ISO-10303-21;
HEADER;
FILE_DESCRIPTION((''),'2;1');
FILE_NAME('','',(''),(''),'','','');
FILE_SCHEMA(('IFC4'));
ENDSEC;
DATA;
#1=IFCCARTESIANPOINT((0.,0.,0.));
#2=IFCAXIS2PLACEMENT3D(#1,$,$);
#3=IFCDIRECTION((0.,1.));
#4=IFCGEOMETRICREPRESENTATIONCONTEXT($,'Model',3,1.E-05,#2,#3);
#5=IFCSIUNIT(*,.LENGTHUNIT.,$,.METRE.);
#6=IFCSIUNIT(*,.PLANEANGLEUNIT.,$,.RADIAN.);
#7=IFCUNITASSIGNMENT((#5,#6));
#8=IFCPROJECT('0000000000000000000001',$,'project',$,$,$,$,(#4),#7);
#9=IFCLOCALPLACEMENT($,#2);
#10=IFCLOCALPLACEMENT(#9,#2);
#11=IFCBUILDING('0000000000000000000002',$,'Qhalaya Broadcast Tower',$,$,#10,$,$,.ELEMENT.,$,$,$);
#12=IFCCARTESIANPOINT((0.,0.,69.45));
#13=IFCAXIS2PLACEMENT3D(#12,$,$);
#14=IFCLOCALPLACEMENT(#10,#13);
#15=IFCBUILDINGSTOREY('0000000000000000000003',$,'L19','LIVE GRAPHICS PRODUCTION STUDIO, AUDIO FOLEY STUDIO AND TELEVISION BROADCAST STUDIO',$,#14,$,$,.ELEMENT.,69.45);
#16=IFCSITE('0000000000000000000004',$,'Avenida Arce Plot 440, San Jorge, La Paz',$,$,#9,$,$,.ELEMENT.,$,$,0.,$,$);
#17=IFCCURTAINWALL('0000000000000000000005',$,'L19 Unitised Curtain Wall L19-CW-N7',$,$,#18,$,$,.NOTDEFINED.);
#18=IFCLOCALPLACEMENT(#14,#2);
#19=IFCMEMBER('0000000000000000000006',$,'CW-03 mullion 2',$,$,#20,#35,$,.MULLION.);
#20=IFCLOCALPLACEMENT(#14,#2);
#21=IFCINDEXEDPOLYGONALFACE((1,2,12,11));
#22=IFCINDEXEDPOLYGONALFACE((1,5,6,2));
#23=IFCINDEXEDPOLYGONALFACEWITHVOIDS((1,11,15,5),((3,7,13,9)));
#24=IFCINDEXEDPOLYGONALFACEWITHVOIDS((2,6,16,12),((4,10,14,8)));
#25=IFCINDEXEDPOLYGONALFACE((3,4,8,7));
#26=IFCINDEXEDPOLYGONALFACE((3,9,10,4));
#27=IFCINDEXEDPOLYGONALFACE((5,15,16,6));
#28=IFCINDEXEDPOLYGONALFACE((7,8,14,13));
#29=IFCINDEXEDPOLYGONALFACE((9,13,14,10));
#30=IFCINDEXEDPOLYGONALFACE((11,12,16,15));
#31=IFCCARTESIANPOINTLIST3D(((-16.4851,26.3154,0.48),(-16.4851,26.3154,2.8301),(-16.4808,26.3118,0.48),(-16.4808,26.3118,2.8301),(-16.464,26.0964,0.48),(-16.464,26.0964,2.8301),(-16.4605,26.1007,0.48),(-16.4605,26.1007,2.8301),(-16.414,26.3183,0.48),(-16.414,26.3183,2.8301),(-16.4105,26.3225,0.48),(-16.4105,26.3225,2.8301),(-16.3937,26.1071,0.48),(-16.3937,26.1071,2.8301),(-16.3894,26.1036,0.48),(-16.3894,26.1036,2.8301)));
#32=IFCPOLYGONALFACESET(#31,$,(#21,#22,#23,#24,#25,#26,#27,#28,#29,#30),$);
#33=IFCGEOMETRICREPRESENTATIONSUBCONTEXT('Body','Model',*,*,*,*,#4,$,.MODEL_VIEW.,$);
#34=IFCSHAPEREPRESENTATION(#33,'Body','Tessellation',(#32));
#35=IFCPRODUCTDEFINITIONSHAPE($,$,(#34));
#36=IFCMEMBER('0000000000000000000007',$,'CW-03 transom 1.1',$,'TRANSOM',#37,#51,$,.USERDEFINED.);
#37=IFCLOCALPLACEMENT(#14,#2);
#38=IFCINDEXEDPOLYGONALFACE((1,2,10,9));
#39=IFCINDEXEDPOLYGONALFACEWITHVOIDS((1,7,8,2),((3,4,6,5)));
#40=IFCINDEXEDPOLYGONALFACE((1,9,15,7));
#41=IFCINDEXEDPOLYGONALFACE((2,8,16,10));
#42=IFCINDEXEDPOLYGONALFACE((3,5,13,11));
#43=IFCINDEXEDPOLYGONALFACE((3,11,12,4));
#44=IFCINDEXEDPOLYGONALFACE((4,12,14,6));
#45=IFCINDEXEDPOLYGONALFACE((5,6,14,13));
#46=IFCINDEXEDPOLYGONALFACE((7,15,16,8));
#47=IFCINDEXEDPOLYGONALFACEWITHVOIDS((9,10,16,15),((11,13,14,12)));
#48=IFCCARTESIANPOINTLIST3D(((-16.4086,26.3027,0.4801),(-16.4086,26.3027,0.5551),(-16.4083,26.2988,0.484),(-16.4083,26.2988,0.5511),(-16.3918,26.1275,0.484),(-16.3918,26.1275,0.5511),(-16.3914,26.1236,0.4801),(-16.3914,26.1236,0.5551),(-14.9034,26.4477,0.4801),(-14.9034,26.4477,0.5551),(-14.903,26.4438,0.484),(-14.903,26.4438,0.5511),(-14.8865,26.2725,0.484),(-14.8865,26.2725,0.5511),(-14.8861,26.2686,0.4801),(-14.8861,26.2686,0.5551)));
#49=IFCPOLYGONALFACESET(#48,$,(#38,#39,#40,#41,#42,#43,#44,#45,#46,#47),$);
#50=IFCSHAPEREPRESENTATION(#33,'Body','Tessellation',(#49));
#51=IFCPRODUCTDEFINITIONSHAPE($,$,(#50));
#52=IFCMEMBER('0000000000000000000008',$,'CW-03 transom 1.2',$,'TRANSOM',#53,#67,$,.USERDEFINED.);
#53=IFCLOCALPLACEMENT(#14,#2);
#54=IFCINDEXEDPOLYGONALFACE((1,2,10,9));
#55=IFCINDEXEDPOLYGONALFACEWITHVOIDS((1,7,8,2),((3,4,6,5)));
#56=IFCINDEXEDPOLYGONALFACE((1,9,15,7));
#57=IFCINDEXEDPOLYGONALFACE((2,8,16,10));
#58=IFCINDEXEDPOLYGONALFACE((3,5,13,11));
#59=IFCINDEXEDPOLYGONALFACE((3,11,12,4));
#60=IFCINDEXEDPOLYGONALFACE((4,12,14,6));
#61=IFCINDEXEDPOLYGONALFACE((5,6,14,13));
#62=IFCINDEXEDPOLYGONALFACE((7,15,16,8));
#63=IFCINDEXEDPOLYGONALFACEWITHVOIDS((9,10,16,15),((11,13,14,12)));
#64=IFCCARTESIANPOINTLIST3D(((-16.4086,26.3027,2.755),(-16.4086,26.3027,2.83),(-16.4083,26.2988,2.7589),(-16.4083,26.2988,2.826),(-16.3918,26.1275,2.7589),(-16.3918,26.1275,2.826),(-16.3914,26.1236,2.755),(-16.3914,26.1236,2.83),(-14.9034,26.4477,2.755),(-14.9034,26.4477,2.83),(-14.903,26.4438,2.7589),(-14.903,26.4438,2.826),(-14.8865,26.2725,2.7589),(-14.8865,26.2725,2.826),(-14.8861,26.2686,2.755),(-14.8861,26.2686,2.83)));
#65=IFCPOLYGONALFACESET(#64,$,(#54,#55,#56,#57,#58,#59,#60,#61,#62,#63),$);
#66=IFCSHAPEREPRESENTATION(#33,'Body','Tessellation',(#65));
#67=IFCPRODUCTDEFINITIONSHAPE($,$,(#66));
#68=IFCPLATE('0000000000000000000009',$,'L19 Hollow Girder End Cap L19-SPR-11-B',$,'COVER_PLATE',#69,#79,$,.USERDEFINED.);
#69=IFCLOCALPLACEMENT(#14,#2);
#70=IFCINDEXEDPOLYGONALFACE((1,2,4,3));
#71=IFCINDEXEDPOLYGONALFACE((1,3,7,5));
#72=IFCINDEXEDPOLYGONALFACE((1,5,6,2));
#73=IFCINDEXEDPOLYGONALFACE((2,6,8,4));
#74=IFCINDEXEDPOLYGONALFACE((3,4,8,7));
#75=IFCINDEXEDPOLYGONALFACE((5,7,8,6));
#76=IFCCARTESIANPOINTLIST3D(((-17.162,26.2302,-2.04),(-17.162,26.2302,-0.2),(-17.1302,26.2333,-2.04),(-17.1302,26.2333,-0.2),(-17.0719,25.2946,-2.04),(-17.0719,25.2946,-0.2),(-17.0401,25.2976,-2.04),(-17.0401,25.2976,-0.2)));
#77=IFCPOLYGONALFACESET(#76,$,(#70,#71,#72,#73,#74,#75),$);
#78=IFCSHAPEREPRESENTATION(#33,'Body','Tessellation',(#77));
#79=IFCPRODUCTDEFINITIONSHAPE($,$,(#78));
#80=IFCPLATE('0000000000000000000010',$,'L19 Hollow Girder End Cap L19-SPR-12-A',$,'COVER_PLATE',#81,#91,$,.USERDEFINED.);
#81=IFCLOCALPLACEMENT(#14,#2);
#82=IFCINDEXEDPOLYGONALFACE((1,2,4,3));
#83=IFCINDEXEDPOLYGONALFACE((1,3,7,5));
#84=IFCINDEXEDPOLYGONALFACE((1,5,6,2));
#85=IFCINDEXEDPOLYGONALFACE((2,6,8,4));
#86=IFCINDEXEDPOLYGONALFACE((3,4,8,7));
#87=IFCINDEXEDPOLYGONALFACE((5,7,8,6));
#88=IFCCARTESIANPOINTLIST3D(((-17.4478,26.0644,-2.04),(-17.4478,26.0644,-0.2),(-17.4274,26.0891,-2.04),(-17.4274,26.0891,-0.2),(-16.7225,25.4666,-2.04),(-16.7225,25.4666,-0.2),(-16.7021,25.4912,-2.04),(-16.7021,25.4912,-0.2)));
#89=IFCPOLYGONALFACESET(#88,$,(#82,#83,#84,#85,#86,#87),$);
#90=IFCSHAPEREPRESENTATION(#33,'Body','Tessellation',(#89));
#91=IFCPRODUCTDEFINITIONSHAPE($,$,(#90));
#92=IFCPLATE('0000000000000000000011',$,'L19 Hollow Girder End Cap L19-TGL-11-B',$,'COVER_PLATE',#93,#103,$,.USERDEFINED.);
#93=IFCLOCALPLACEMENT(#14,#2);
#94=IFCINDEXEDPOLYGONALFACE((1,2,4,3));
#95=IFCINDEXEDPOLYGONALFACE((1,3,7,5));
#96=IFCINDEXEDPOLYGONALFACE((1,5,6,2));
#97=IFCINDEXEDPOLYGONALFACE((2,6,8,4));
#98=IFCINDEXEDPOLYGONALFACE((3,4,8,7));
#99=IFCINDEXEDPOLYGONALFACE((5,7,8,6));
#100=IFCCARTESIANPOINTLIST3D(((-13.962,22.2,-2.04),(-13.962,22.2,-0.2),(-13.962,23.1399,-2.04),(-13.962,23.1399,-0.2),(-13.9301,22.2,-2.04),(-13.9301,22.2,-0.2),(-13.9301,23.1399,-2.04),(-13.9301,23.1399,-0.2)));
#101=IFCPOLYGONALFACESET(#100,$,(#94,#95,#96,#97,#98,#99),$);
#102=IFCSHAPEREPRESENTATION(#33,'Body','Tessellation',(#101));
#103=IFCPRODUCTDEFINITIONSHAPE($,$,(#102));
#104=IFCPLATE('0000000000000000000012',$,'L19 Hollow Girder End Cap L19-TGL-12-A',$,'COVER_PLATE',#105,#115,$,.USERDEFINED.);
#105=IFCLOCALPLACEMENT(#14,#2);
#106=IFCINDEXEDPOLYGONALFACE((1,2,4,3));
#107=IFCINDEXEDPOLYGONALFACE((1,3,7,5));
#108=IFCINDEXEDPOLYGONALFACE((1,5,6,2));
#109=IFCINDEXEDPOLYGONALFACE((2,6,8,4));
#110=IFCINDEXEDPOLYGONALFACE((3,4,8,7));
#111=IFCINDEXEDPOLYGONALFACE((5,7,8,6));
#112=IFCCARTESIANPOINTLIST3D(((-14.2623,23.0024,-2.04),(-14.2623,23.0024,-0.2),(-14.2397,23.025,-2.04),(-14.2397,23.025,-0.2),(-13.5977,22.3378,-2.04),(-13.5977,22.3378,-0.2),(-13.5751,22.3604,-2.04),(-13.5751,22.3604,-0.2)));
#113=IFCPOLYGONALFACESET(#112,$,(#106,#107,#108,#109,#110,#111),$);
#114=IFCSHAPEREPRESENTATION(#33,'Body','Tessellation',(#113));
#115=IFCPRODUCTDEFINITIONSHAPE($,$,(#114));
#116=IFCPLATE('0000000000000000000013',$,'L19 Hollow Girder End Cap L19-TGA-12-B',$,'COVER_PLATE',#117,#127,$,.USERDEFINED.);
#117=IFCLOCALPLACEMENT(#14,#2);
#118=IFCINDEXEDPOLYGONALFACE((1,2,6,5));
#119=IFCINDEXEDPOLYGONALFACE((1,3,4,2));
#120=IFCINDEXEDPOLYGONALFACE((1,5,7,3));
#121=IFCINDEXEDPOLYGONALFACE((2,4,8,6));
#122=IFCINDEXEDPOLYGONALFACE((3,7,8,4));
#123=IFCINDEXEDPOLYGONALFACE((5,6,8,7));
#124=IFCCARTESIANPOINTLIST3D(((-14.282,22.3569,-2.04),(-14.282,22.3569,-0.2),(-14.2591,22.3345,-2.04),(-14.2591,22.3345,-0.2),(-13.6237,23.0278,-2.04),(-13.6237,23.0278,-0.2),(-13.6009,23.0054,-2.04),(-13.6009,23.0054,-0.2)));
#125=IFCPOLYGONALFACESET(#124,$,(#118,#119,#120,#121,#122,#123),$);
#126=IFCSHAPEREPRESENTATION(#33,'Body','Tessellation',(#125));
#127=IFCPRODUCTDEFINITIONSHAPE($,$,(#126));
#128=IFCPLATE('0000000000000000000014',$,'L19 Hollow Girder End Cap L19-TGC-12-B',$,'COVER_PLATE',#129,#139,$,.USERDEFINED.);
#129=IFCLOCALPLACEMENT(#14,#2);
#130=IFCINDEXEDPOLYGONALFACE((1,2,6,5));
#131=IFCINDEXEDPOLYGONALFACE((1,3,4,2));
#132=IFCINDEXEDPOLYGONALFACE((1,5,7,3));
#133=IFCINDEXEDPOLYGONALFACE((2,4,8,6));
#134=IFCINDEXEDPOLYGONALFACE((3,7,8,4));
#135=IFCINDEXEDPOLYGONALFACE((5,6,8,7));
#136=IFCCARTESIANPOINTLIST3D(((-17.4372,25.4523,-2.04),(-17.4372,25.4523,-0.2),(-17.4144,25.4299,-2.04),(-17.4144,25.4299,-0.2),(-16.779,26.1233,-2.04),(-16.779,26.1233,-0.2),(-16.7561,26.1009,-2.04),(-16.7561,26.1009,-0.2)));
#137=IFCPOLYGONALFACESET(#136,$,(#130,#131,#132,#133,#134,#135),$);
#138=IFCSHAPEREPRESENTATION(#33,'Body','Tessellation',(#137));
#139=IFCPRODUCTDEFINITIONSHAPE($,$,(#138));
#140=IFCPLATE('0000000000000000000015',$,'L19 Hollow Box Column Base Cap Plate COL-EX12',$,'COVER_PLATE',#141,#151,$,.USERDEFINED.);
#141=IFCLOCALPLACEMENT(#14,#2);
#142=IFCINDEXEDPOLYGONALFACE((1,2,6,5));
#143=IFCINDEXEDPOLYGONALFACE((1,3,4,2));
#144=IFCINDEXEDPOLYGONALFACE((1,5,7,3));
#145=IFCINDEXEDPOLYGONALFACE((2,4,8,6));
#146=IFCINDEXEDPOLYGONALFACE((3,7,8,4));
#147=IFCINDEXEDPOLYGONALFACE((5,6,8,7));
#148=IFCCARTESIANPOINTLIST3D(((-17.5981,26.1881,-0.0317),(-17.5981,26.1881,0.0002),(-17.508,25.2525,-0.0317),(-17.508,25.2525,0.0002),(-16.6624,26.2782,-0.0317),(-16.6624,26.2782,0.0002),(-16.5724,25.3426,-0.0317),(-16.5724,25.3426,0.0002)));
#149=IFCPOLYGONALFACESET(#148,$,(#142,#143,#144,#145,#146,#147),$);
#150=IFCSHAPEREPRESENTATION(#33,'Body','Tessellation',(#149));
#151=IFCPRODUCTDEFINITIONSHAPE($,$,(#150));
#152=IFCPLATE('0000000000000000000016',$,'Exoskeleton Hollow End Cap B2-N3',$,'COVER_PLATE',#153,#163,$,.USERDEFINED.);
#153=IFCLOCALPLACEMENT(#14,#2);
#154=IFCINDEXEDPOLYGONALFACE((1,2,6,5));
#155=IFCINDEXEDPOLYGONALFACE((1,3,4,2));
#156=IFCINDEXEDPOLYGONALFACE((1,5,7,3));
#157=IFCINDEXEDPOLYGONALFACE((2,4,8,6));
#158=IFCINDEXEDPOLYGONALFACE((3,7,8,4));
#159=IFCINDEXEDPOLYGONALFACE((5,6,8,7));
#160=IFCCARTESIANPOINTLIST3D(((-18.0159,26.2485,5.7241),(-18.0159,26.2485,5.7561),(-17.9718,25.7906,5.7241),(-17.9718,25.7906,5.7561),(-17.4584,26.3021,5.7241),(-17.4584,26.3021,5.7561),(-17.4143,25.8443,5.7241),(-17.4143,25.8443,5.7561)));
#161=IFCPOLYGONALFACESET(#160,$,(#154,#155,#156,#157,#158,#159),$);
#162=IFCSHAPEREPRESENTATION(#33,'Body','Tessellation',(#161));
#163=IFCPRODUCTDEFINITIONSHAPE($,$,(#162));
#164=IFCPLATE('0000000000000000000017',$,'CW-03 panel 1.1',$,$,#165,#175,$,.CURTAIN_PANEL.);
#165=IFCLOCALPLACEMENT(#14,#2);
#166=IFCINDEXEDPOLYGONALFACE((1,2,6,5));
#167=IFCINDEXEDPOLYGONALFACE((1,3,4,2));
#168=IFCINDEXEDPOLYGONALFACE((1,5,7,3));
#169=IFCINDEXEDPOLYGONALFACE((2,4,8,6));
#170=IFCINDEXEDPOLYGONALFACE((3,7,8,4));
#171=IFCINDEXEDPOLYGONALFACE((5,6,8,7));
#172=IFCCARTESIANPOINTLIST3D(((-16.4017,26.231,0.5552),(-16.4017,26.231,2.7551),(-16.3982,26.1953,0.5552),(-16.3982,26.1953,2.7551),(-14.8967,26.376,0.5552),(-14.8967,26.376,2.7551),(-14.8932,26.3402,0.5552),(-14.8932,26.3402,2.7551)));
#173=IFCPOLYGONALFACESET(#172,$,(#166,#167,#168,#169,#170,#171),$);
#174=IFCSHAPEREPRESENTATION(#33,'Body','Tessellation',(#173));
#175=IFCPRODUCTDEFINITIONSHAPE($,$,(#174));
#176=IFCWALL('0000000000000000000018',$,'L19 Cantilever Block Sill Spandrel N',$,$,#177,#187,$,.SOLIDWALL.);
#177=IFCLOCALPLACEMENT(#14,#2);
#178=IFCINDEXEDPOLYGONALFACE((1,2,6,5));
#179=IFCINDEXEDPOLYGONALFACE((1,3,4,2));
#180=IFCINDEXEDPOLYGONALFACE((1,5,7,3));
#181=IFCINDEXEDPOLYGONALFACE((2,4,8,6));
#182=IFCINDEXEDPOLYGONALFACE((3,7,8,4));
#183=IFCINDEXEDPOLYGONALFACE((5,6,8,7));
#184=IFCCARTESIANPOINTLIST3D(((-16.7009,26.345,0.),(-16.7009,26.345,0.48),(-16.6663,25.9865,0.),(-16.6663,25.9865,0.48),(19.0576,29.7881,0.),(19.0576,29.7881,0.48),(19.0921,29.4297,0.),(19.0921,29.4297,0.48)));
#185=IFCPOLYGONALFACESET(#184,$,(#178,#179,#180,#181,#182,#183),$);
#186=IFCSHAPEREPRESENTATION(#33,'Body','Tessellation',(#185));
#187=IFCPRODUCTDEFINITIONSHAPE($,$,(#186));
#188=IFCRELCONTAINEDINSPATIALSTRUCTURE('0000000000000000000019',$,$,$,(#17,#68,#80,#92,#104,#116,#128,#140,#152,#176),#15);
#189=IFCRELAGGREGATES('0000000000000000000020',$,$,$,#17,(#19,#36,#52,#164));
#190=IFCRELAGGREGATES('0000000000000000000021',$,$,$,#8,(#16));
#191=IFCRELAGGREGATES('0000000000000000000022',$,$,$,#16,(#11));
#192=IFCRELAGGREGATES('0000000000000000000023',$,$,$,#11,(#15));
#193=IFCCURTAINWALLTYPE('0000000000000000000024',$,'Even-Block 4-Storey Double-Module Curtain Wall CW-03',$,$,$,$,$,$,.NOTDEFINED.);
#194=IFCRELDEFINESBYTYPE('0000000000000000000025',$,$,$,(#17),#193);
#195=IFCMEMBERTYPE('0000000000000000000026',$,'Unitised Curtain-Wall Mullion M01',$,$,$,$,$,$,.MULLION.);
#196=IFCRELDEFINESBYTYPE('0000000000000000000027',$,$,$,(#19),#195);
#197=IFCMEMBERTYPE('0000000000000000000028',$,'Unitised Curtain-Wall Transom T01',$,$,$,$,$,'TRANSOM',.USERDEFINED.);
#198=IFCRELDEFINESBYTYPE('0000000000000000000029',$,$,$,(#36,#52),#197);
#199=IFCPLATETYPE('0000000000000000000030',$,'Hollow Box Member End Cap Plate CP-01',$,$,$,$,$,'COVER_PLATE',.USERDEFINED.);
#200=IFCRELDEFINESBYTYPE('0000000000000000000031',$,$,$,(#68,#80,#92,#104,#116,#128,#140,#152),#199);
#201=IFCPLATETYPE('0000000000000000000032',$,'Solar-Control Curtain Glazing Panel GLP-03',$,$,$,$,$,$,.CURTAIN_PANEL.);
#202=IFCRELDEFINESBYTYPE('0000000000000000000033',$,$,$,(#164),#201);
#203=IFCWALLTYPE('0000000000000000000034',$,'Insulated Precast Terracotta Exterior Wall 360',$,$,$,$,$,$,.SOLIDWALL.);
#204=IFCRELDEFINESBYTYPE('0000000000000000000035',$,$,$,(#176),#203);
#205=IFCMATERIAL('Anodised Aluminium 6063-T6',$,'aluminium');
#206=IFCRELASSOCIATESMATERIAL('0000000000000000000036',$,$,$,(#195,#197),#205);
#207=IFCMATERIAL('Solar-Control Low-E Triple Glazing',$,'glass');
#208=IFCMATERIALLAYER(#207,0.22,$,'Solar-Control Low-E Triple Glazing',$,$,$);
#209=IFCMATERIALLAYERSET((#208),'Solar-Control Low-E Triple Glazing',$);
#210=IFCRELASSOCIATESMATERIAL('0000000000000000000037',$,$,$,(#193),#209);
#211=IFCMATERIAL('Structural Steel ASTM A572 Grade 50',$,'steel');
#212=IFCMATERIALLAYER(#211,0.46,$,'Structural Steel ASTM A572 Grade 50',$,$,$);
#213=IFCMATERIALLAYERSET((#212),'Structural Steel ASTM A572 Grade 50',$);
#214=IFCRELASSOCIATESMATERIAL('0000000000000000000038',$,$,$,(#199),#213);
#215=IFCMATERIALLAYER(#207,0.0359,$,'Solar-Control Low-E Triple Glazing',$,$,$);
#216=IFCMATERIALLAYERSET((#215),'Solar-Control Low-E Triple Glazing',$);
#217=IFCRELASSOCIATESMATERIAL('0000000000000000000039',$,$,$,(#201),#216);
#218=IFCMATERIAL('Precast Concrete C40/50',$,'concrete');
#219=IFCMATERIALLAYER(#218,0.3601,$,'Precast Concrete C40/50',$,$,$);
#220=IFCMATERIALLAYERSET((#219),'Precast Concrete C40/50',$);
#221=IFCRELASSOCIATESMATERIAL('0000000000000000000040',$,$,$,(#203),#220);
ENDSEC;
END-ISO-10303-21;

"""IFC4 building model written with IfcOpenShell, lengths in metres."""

from ifc_helpers import new_model, si_unit, direction, frame, frame_2d, origin, origin_2d, place, context, subcontext, project, spatial, rectangle, hollow_rectangle, extrude, material, layer, layer_set, material_profile, profile_set, type_object, element, aggregate, save


model = new_model("IFC4")

# Units and contexts
model_context = context("Model", 3, precision=1e-05, world=origin(), true_north=direction((0.0, 1.0)))
body_context = subcontext(model_context, "Body", "Model", "MODEL_VIEW")
ifc_project = project(units=[si_unit("LENGTHUNIT", "METRE"), si_unit("PLANEANGLEUNIT", "RADIAN")], contexts=[model_context])

# Site, building, storey
site_placement = place(None, origin())
site = spatial("IfcSite", under=ifc_project, at=site_placement, Name="Avenida Arce Plot 440, San Jorge, La Paz", CompositionType="ELEMENT", RefElevation=0.0)
building_placement = place(site_placement, origin())
building = spatial("IfcBuilding", under=site, at=building_placement, Name="Qhalaya Broadcast Tower", CompositionType="ELEMENT")
storey_placement = place(building_placement, frame((0.0, 0.0, 69.45)))
storey = spatial("IfcBuildingStorey", under=building, at=storey_placement, Name="L19", Description="LIVE GRAPHICS PRODUCTION STUDIO, AUDIO FOLEY STUDIO AND TELEVISION BROADCAST STUDIO", CompositionType="ELEMENT", Elevation=69.45)

# Shared definitions
ifc_material_1 = material(Name="Structural Steel ASTM A572 Grade 50", Category="steel")

# Shared definitions
ifc_material_2 = material(Name="Anodised Aluminium 6063-T6", Category="aluminium")
ifc_material_profile_1 = material_profile(ifc_material_2, hollow_rectangle(XDim=0.075, YDim=0.22, WallThickness=0.0039, at=origin_2d()), Name="ALU-MUL 75x220x4")
ifc_profile_set_1 = profile_set([ifc_material_profile_1], Name="Anodised Aluminium 6063-T6")
member_type_1 = type_object("IfcMemberType", Name="Unitised Curtain-Wall Mullion M01", PredefinedType="MULLION", material=ifc_profile_set_1)

# Curtain wall, members
ifc_material_3 = material(Name="Solar-Control Low-E Triple Glazing", Category="glass")
ifc_layer_1 = layer(ifc_material_3, 0.22, Name="Solar-Control Low-E Triple Glazing")
ifc_layer_set_1 = layer_set([ifc_layer_1], Name="Solar-Control Low-E Triple Glazing")
curtain_wall_type_1 = type_object("IfcCurtainWallType", Name="Even-Block 4-Storey Double-Module Curtain Wall CW-03", PredefinedType="NOTDEFINED", material=ifc_layer_set_1)
curtain_wall_1_placement = place(storey_placement, origin())
curtain_wall_1 = element("IfcCurtainWall", 1, at=curtain_wall_1_placement, inside=storey, type_object=curtain_wall_type_1, Name="L19 Unitised Curtain Wall L19-CW-N7", PredefinedType="NOTDEFINED")
member_1_placement = place(storey_placement, frame((-16.4373, 26.2095, 0.48), z_axis=(0.0, 0.0, 1.0), x_axis=(-0.995396, -0.095845, 0.0)))
member_1 = element("IfcMember", 2, at=member_1_placement, type_object=member_type_1, Name="CW-03 mullion 2", PredefinedType="MULLION", context=body_context, shape_type="SweptSolid", body=[
    extrude(hollow_rectangle(XDim=0.075, YDim=0.22, WallThickness=0.0039, at=origin_2d()), origin(), (0.0, 0.0, 1.0), 2.3501),
])
ifc_material_profile_2 = material_profile(ifc_material_2, hollow_rectangle(XDim=0.075, YDim=0.1799, WallThickness=0.0039, at=origin_2d()), Name="ALU-TRN 75x180x4")
ifc_profile_set_2 = profile_set([ifc_material_profile_2], Name="Anodised Aluminium 6063-T6")
member_type_2 = type_object("IfcMemberType", Name="Unitised Curtain-Wall Transom T01", ElementType="TRANSOM", PredefinedType="USERDEFINED", material=ifc_profile_set_2)
member_2_placement = place(storey_placement, frame((-14.8948, 26.3582, 0.5176), z_axis=(-0.99539, -0.095906, 0.0), x_axis=(0.0, 0.0, 1.0)))
member_2 = element("IfcMember", 3, at=member_2_placement, type_object=member_type_2, Name="CW-03 transom 1.1", ObjectType="TRANSOM", PredefinedType="USERDEFINED", context=body_context, shape_type="SweptSolid", body=[
    extrude(hollow_rectangle(XDim=0.075, YDim=0.1799, WallThickness=0.0039, at=origin_2d()), origin(), (0.0, 0.0, 1.0), 1.5122),
])
member_3_placement = place(storey_placement, frame((-14.8948, 26.3582, 2.7925), z_axis=(-0.99539, -0.095906, 0.0), x_axis=(0.0, 0.0, 1.0)))
member_3 = element("IfcMember", 4, at=member_3_placement, type_object=member_type_2, Name="CW-03 transom 1.2", ObjectType="TRANSOM", PredefinedType="USERDEFINED", context=body_context, shape_type="SweptSolid", body=[
    extrude(hollow_rectangle(XDim=0.075, YDim=0.1799, WallThickness=0.0039, at=origin_2d()), origin(), (0.0, 0.0, 1.0), 1.5122),
])

# Plates
ifc_layer_2 = layer(ifc_material_1, 0.46, Name="Structural Steel ASTM A572 Grade 50")
ifc_layer_set_2 = layer_set([ifc_layer_2], Name="Structural Steel ASTM A572 Grade 50")
plate_type_1 = type_object("IfcPlateType", Name="Hollow Box Member End Cap Plate CP-01", ElementType="COVER_PLATE", PredefinedType="USERDEFINED", material=ifc_layer_set_2)
for number, where, z_axis, x_axis, name in (
    (5, (-17.1011, 25.7639, -2.04), (0.0, 0.0, 1.0), (0.095846, -0.995396, 0.0), "L19 Hollow Girder End Cap L19-SPR-11-B"),
    (6, (-17.075, 25.7778, -2.04), (0.0, 0.0, 1.0), (0.771625, -0.636078, 0.0), "L19 Hollow Girder End Cap L19-SPR-12-A"),
    (7, (-13.946, 22.6699, -2.04), (0.0, 0.0, 1.0), (0.0, -1.0, 0.0), "L19 Hollow Girder End Cap L19-TGL-11-B"),
    (8, (-13.9187, 22.6814, -2.04), (0.0, 0.0, 1.0), (0.707107, -0.707107, 0.0), "L19 Hollow Girder End Cap L19-TGL-12-A"),
    (9, (-13.9414, 22.6812, -2.04), (0.0, 0.0, 1.0), (-0.700324, -0.713825, 0.0), "L19 Hollow Girder End Cap L19-TGA-12-B"),
    (10, (-17.0967, 25.7766, -2.04), (0.0, 0.0, 1.0), (-0.700324, -0.713825, 0.0), "L19 Hollow Girder End Cap L19-TGC-12-B"),
):
    element("IfcPlate", number, at=place(storey_placement, frame(where, z_axis=z_axis, x_axis=x_axis)), inside=storey, type_object=plate_type_1, Name=name, ObjectType="COVER_PLATE", PredefinedType="USERDEFINED", context=body_context, shape_type="SweptSolid", body=[
        extrude(rectangle(XDim=0.9399, YDim=0.032, at=origin_2d()), origin(), (0.0, 0.0, 1.0), 1.8401),
    ])
plate_1_placement = place(storey_placement, frame((-17.0852, 25.7654, -0.0317), z_axis=(0.0, 0.0, 1.0), x_axis=(0.995396, 0.095846, 0.0)))
element("IfcPlate", 11, at=plate_1_placement, inside=storey, type_object=plate_type_1, Name="L19 Hollow Box Column Base Cap Plate COL-EX12", ObjectType="COVER_PLATE", PredefinedType="USERDEFINED", context=body_context, shape_type="SweptSolid", body=[
    extrude(rectangle(XDim=0.9399, YDim=0.9399, at=origin_2d()), origin(), (0.0, 0.0, 1.0), 0.032),
])
plate_2_placement = place(storey_placement, frame((-17.7151, 26.0464, 5.7241), z_axis=(0.0, 0.0, 1.0), x_axis=(0.995396, 0.095846, 0.0)))
element("IfcPlate", 12, at=plate_2_placement, inside=storey, type_object=plate_type_1, Name="Exoskeleton Hollow End Cap B2-N3", ObjectType="COVER_PLATE", PredefinedType="USERDEFINED", context=body_context, shape_type="SweptSolid", body=[
    extrude(rectangle(XDim=0.5601, YDim=0.46, at=origin_2d()), origin(), (0.0, 0.0, 1.0), 0.032),
])

# Plate
ifc_layer_3 = layer(ifc_material_3, 0.0359, Name="Solar-Control Low-E Triple Glazing")
ifc_layer_set_3 = layer_set([ifc_layer_3], Name="Solar-Control Low-E Triple Glazing")
plate_type_2 = type_object("IfcPlateType", Name="Solar-Control Curtain Glazing Panel GLP-03", PredefinedType="CURTAIN_PANEL", material=ifc_layer_set_3)
plate_3_placement = place(storey_placement, frame((-15.6475, 26.2856, 0.5552), z_axis=(0.0, 0.0, 1.0), x_axis=(-0.995396, -0.095845, 0.0)))
plate_3 = element("IfcPlate", 13, at=plate_3_placement, type_object=plate_type_2, Name="CW-03 panel 1.1", PredefinedType="CURTAIN_PANEL", context=body_context, shape_type="SweptSolid", body=[
    extrude(rectangle(XDim=1.512, YDim=0.0359, at=origin_2d()), origin(), (0.0, 0.0, 1.0), 2.2),
])
aggregate(curtain_wall_1, [member_1, member_2, member_3, plate_3])

# Wall
ifc_material_4 = material(Name="Precast Concrete C40/50", Category="concrete")
ifc_layer_4 = layer(ifc_material_4, 0.3601, Name="Precast Concrete C40/50")
ifc_layer_set_4 = layer_set([ifc_layer_4], Name="Precast Concrete C40/50")
wall_type = type_object("IfcWallType", Name="Insulated Precast Terracotta Exterior Wall 360", PredefinedType="SOLIDWALL", material=ifc_layer_set_4)
wall_placement = place(storey_placement, frame((-16.6836, 26.1658, 0.0), z_axis=(0.0, 0.0, 1.0), x_axis=(0.995396, 0.095845, 0.0)))
element("IfcWall", 14, at=wall_placement, inside=storey, type_object=wall_type, Name="L19 Cantilever Block Sill Spandrel N", PredefinedType="SOLIDWALL", context=body_context, shape_type="SweptSolid", body=[
    extrude(rectangle(XDim=35.9238, YDim=0.3601, at=frame_2d((17.9619, 0.0))), origin(), (0.0, 0.0, 1.0), 0.48),
])

save(model, "model.ifc")
